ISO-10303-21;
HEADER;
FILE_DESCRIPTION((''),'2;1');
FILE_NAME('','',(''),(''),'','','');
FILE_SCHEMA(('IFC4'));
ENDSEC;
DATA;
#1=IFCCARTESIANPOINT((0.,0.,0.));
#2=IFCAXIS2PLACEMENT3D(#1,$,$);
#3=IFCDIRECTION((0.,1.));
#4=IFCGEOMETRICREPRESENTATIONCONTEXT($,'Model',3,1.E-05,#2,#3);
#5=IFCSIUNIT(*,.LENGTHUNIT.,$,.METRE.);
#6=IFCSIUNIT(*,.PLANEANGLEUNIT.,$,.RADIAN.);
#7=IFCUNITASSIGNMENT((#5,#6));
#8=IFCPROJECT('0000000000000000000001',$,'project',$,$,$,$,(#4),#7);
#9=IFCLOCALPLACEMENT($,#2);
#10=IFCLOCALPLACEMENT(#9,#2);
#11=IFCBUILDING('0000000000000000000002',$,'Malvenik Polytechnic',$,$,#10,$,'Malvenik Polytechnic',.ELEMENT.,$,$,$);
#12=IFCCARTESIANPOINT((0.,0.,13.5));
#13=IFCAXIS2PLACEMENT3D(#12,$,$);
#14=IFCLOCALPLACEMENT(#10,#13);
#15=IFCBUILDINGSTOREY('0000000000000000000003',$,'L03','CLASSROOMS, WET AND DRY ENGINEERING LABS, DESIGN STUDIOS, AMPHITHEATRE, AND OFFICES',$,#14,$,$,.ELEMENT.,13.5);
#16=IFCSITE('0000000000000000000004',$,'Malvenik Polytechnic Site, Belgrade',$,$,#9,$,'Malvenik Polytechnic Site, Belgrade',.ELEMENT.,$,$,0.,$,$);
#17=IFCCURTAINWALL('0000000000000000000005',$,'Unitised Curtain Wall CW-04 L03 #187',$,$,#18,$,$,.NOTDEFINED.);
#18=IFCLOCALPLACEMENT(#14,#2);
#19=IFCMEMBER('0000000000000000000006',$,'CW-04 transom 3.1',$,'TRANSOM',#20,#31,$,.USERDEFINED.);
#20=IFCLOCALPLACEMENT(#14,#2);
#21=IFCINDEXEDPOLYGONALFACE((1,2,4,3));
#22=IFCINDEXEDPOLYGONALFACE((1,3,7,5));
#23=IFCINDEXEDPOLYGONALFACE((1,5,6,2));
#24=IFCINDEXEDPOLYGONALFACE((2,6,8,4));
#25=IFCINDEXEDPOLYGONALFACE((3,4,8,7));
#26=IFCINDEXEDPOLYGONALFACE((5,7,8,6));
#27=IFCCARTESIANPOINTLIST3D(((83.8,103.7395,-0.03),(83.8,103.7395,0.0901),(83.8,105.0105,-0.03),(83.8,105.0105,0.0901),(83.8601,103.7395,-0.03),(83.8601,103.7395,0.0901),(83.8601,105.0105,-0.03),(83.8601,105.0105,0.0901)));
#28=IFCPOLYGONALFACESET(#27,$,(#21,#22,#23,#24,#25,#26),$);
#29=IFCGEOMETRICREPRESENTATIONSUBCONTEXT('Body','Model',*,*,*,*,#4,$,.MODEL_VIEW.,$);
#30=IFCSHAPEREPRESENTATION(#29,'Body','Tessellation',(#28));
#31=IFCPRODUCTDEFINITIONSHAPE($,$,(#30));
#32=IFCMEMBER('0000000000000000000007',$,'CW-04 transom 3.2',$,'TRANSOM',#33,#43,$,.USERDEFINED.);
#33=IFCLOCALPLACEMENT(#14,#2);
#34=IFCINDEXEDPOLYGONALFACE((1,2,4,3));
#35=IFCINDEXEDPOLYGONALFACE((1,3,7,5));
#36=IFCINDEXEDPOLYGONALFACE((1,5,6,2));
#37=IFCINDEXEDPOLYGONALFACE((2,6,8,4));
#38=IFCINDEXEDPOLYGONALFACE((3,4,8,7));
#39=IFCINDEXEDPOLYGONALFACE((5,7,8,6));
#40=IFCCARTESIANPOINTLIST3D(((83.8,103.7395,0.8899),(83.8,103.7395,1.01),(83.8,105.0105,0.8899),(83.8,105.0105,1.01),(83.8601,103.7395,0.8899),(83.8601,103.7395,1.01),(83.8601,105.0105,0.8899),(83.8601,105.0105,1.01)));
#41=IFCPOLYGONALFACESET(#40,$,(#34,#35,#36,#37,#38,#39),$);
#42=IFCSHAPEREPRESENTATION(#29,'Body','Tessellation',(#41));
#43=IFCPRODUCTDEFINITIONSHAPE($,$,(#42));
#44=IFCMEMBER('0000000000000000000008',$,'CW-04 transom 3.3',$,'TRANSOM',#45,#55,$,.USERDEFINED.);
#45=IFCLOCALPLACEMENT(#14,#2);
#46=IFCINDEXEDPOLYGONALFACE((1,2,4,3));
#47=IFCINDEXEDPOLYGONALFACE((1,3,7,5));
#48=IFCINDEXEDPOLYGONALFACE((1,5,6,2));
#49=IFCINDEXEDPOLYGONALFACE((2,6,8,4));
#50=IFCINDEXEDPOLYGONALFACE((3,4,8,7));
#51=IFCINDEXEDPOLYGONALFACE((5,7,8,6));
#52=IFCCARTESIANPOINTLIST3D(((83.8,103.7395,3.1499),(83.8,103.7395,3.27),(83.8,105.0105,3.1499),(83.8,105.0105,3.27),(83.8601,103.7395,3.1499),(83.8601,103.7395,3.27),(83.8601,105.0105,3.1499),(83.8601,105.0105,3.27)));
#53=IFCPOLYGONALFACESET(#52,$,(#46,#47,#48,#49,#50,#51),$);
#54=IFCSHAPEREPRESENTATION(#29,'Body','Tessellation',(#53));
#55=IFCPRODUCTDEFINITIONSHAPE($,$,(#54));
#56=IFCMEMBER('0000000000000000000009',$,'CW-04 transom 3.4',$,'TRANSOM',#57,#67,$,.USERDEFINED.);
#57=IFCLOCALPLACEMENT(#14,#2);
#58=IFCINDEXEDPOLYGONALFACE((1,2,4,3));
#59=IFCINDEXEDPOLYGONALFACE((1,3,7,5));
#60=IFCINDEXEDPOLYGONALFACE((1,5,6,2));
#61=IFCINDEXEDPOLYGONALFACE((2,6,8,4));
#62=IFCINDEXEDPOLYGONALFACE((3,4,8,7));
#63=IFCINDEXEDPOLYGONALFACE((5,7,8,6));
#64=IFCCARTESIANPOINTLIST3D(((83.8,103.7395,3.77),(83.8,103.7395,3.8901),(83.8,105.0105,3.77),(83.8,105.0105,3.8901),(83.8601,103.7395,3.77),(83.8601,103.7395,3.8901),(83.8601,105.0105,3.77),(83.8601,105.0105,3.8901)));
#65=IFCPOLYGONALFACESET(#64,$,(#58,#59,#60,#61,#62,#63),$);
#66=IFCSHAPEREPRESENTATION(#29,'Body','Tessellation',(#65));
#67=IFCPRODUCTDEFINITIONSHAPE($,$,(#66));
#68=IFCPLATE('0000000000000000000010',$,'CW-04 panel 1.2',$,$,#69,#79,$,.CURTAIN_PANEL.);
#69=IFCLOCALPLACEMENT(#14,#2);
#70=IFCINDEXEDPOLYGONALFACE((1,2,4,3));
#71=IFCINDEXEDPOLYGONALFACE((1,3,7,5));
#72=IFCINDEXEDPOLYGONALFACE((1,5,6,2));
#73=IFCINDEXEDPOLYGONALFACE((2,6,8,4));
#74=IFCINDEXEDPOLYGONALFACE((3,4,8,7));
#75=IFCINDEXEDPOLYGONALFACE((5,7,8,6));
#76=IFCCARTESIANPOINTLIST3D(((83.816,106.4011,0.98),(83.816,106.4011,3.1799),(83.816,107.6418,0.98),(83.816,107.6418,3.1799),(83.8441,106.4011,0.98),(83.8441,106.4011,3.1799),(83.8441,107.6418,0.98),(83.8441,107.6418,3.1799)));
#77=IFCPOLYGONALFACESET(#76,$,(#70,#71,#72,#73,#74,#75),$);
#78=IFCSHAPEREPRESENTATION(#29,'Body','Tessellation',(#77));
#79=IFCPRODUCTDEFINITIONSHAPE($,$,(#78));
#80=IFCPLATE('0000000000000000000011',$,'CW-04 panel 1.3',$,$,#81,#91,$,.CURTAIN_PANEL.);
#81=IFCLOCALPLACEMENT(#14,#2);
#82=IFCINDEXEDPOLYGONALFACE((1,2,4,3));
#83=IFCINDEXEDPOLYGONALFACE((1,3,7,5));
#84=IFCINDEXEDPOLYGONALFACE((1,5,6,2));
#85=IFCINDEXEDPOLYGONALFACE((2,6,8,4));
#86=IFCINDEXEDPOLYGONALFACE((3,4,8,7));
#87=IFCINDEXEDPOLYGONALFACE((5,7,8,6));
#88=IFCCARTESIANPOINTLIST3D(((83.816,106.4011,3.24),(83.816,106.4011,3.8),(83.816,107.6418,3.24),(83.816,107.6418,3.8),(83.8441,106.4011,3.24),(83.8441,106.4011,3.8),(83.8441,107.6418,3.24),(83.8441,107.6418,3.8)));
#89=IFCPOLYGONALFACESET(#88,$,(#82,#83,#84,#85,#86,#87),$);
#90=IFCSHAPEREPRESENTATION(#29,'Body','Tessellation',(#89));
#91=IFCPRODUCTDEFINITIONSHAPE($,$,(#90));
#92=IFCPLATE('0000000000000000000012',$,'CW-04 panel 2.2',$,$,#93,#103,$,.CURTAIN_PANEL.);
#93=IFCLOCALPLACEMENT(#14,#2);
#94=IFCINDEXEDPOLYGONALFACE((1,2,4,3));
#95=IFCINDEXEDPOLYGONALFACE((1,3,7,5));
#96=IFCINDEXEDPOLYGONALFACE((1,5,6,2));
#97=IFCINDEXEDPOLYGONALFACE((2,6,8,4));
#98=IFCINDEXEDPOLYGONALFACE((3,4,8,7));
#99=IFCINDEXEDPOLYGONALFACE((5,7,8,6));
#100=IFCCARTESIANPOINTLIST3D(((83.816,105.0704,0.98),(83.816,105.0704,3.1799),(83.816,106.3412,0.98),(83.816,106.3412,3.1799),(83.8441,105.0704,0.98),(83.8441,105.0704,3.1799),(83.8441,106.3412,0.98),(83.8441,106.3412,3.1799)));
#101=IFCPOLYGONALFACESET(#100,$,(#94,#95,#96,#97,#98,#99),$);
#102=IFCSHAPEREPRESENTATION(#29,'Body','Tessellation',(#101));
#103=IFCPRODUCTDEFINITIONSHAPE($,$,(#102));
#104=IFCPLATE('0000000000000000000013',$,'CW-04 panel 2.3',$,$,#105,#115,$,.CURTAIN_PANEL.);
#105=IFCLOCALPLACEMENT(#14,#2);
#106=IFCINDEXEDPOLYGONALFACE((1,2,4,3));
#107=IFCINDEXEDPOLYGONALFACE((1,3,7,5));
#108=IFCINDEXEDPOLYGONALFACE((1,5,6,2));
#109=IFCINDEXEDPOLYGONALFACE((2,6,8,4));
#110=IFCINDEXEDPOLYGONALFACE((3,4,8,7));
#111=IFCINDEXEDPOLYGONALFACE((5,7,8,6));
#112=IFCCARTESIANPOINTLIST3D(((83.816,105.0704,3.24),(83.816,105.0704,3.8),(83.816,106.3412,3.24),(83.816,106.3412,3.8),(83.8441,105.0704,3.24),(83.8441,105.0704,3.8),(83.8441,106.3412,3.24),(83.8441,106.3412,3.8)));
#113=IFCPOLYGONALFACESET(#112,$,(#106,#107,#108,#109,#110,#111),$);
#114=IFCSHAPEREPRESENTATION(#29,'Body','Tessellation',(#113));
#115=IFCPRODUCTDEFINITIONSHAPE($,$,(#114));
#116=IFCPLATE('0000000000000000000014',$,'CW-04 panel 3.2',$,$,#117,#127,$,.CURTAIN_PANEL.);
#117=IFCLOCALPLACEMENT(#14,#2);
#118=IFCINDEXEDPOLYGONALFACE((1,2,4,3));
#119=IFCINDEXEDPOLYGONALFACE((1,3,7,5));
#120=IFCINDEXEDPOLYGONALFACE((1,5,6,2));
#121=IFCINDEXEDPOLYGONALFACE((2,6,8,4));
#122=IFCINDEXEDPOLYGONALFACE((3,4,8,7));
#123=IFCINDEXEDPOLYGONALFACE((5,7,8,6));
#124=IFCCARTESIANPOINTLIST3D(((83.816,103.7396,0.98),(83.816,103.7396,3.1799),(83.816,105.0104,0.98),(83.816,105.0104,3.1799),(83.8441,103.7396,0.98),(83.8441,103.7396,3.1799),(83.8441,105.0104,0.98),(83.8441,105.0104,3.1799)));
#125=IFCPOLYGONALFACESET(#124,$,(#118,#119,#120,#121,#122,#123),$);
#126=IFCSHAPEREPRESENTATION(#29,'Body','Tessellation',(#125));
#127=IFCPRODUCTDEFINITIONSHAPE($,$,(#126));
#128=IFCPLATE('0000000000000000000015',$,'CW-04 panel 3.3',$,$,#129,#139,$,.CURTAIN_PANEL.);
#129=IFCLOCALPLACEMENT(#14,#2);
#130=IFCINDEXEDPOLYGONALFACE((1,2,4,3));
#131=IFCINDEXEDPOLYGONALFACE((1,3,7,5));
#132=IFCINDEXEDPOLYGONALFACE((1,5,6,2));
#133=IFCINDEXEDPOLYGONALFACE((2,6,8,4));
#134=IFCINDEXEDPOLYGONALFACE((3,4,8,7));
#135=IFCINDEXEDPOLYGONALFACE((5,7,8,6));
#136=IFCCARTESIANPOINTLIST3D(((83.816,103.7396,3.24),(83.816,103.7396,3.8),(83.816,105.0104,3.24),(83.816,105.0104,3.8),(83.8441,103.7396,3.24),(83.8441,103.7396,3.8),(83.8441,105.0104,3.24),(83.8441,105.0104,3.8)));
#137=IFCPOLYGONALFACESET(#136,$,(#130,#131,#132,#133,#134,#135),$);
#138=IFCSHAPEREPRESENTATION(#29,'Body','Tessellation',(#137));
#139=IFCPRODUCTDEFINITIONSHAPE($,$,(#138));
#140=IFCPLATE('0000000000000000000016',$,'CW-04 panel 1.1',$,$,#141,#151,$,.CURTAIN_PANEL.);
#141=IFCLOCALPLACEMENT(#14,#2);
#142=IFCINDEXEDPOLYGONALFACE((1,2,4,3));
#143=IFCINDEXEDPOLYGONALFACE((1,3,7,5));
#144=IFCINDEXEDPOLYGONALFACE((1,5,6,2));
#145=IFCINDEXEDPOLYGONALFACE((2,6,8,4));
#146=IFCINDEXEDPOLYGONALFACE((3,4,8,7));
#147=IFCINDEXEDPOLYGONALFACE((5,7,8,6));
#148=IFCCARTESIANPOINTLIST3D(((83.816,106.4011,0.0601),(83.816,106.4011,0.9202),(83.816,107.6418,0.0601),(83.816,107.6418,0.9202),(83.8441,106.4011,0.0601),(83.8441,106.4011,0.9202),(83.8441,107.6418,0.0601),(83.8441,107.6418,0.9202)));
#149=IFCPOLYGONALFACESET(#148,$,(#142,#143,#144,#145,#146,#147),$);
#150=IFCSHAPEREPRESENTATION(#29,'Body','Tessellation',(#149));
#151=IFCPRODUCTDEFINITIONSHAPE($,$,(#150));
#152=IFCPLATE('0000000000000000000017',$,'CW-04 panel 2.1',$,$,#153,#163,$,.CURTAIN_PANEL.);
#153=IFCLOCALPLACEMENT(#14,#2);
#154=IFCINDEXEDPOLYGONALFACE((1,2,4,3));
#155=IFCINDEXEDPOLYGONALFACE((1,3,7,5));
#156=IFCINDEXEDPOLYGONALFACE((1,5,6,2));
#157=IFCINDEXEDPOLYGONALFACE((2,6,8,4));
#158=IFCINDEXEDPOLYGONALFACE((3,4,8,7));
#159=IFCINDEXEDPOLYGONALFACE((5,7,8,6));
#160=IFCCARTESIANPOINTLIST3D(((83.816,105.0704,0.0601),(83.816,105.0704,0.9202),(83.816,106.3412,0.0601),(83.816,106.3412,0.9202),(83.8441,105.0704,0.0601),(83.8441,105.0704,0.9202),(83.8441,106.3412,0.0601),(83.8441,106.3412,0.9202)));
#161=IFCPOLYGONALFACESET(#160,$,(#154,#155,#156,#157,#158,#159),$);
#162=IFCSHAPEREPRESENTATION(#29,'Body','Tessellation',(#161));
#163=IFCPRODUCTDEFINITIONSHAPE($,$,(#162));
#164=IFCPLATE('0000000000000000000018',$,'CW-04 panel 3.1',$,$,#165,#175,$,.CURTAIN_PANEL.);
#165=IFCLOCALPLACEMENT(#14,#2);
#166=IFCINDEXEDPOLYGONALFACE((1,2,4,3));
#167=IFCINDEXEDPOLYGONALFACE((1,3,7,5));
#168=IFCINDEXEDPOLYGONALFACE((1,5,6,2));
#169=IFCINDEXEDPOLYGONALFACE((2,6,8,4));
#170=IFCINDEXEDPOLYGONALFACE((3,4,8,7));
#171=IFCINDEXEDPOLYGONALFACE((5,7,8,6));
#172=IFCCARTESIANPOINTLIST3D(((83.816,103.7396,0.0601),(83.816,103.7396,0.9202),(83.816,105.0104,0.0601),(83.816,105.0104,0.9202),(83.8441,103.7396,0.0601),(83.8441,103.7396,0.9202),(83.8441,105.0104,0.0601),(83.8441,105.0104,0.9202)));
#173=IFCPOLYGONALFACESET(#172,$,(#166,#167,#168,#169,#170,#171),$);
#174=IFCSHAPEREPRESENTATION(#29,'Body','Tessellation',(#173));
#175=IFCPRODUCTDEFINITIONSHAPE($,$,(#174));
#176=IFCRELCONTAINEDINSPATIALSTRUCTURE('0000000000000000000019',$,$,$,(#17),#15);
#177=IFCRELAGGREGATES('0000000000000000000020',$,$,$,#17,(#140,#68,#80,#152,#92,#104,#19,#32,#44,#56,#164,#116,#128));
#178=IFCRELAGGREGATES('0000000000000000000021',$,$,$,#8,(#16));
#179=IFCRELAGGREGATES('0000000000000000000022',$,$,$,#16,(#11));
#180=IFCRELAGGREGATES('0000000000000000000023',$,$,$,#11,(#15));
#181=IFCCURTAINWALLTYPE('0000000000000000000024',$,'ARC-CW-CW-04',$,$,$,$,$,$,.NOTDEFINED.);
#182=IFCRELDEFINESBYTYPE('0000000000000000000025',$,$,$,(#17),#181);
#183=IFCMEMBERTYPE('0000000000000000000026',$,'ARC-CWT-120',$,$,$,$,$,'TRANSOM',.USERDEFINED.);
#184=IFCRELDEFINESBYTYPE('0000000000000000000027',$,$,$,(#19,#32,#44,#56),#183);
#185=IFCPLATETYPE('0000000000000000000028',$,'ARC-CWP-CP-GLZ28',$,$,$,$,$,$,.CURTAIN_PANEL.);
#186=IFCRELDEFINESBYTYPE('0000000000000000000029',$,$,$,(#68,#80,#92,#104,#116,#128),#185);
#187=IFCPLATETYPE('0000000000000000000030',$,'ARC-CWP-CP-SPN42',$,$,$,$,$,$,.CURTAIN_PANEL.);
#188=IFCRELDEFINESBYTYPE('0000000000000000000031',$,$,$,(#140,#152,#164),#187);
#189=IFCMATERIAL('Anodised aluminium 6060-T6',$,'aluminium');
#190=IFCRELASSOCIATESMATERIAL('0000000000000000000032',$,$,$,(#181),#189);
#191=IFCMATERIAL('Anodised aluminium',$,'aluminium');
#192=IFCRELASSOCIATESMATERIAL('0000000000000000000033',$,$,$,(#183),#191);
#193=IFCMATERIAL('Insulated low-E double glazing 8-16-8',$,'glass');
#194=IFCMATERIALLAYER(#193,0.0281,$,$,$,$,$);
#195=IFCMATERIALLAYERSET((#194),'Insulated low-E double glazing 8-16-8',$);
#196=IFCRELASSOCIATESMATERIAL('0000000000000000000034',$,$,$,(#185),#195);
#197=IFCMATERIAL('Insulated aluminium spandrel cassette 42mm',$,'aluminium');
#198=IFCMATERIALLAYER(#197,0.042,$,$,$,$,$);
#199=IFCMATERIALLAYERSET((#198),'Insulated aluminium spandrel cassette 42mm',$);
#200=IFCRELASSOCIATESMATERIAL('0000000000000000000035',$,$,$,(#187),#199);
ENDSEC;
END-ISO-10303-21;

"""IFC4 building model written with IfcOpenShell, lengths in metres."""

from ifc_helpers import new_model, si_unit, direction, frame, origin, origin_2d, place, context, subcontext, project, spatial, rectangle, extrude, material, layer, layer_set, material_profile, profile_set, type_object, element, aggregate, save


model = new_model("IFC4")

# Units and contexts
model_context = context("Model", 3, precision=1e-05, world=origin(), true_north=direction((0.0, 1.0)))
body_context = subcontext(model_context, "Body", "Model", "MODEL_VIEW")
ifc_project = project(units=[si_unit("LENGTHUNIT", "METRE"), si_unit("PLANEANGLEUNIT", "RADIAN")], contexts=[model_context])

# Site, building, storey
site_placement = place(None, origin())
site = spatial("IfcSite", under=ifc_project, at=site_placement, Name="Malvenik Polytechnic Site, Belgrade", LongName="Malvenik Polytechnic Site, Belgrade", CompositionType="ELEMENT", RefElevation=0.0)
building_placement = place(site_placement, origin())
building = spatial("IfcBuilding", under=site, at=building_placement, Name="Malvenik Polytechnic", LongName="Malvenik Polytechnic", CompositionType="ELEMENT")
storey_placement = place(building_placement, frame((0.0, 0.0, 13.5)))
storey = spatial("IfcBuildingStorey", under=building, at=storey_placement, Name="L03", Description="CLASSROOMS, WET AND DRY ENGINEERING LABS, DESIGN STUDIOS, AMPHITHEATRE, AND OFFICES", CompositionType="ELEMENT", Elevation=13.5)

# Curtain wall, members, plates
ifc_material_1 = material(Name="Anodised aluminium 6060-T6", Category="aluminium")
curtain_wall_type = type_object("IfcCurtainWallType", Name="ARC-CW-CW-04", PredefinedType="NOTDEFINED", material=ifc_material_1)
curtain_wall_placement = place(storey_placement, origin())
curtain_wall = element("IfcCurtainWall", 1, at=curtain_wall_placement, inside=storey, type_object=curtain_wall_type, Name="Unitised Curtain Wall CW-04 L03 #187", PredefinedType="NOTDEFINED")
ifc_material_2 = material(Name="Anodised aluminium", Category="aluminium")
ifc_material_profile_1 = material_profile(ifc_material_2, rectangle(XDim=0.0601, YDim=0.1201, at=origin_2d()), Name="ALU TRANSOM 60x120")
ifc_profile_set_1 = profile_set([ifc_material_profile_1], Name="Anodised aluminium")
member_type_1 = type_object("IfcMemberType", Name="ARC-CWT-120", ElementType="TRANSOM", PredefinedType="USERDEFINED", material=ifc_profile_set_1)
member_1_placement = place(storey_placement, frame((83.8301, 105.0105, 0.03), z_axis=(0.0, -1.0, 0.0), x_axis=(1.0, 0.0, 0.0)))
member_1 = element("IfcMember", 2, at=member_1_placement, type_object=member_type_1, Name="CW-04 transom 3.1", ObjectType="TRANSOM", PredefinedType="USERDEFINED", context=body_context, shape_type="SweptSolid", body=[
    extrude(rectangle(XDim=0.0601, YDim=0.1201, at=origin_2d()), origin(), (0.0, 0.0, 1.0), 1.271),
])
member_2_placement = place(storey_placement, frame((83.8301, 105.0105, 0.95), z_axis=(0.0, -1.0, 0.0), x_axis=(1.0, 0.0, 0.0)))
member_2 = element("IfcMember", 3, at=member_2_placement, type_object=member_type_1, Name="CW-04 transom 3.2", ObjectType="TRANSOM", PredefinedType="USERDEFINED", context=body_context, shape_type="SweptSolid", body=[
    extrude(rectangle(XDim=0.0601, YDim=0.1201, at=origin_2d()), origin(), (0.0, 0.0, 1.0), 1.271),
])
member_3_placement = place(storey_placement, frame((83.8301, 105.0105, 3.21), z_axis=(0.0, -1.0, 0.0), x_axis=(1.0, 0.0, 0.0)))
member_3 = element("IfcMember", 4, at=member_3_placement, type_object=member_type_1, Name="CW-04 transom 3.3", ObjectType="TRANSOM", PredefinedType="USERDEFINED", context=body_context, shape_type="SweptSolid", body=[
    extrude(rectangle(XDim=0.0601, YDim=0.1201, at=origin_2d()), origin(), (0.0, 0.0, 1.0), 1.271),
])
member_4_placement = place(storey_placement, frame((83.8301, 105.0105, 3.8301), z_axis=(0.0, -1.0, 0.0), x_axis=(1.0, 0.0, 0.0)))
member_4 = element("IfcMember", 5, at=member_4_placement, type_object=member_type_1, Name="CW-04 transom 3.4", ObjectType="TRANSOM", PredefinedType="USERDEFINED", context=body_context, shape_type="SweptSolid", body=[
    extrude(rectangle(XDim=0.0601, YDim=0.1201, at=origin_2d()), origin(), (0.0, 0.0, 1.0), 1.271),
])
ifc_material_3 = material(Name="Insulated low-E double glazing 8-16-8", Category="glass")
ifc_layer_1 = layer(ifc_material_3, 0.0281)
ifc_layer_set_1 = layer_set([ifc_layer_1], Name="Insulated low-E double glazing 8-16-8")
plate_type_1 = type_object("IfcPlateType", Name="ARC-CWP-CP-GLZ28", PredefinedType="CURTAIN_PANEL", material=ifc_layer_set_1)
plate_1_placement = place(storey_placement, frame((83.8301, 107.0215, 0.98), z_axis=(0.0, 0.0, 1.0), x_axis=(0.0, -1.0, 0.0)))
plate_1 = element("IfcPlate", 6, at=plate_1_placement, type_object=plate_type_1, Name="CW-04 panel 1.2", PredefinedType="CURTAIN_PANEL", context=body_context, shape_type="SweptSolid", body=[
    extrude(rectangle(XDim=1.2407, YDim=0.0281, at=origin_2d()), origin(), (0.0, 0.0, 1.0), 2.2),
])
plate_2_placement = place(storey_placement, frame((83.8301, 107.0215, 3.24), z_axis=(0.0, 0.0, 1.0), x_axis=(0.0, -1.0, 0.0)))
plate_2 = element("IfcPlate", 7, at=plate_2_placement, type_object=plate_type_1, Name="CW-04 panel 1.3", PredefinedType="CURTAIN_PANEL", context=body_context, shape_type="SweptSolid", body=[
    extrude(rectangle(XDim=1.2407, YDim=0.0281, at=origin_2d()), origin(), (0.0, 0.0, 1.0), 0.5601),
])
plate_3_placement = place(storey_placement, frame((83.8301, 105.7058, 0.98), z_axis=(0.0, 0.0, 1.0), x_axis=(0.0, -1.0, 0.0)))
plate_3 = element("IfcPlate", 8, at=plate_3_placement, type_object=plate_type_1, Name="CW-04 panel 2.2", PredefinedType="CURTAIN_PANEL", context=body_context, shape_type="SweptSolid", body=[
    extrude(rectangle(XDim=1.2708, YDim=0.0281, at=origin_2d()), origin(), (0.0, 0.0, 1.0), 2.2),
])
plate_4_placement = place(storey_placement, frame((83.8301, 105.7058, 3.24), z_axis=(0.0, 0.0, 1.0), x_axis=(0.0, -1.0, 0.0)))
plate_4 = element("IfcPlate", 9, at=plate_4_placement, type_object=plate_type_1, Name="CW-04 panel 2.3", PredefinedType="CURTAIN_PANEL", context=body_context, shape_type="SweptSolid", body=[
    extrude(rectangle(XDim=1.2708, YDim=0.0281, at=origin_2d()), origin(), (0.0, 0.0, 1.0), 0.5601),
])
plate_5_placement = place(storey_placement, frame((83.8301, 104.375, 0.98), z_axis=(0.0, 0.0, 1.0), x_axis=(0.0, -1.0, 0.0)))
plate_5 = element("IfcPlate", 10, at=plate_5_placement, type_object=plate_type_1, Name="CW-04 panel 3.2", PredefinedType="CURTAIN_PANEL", context=body_context, shape_type="SweptSolid", body=[
    extrude(rectangle(XDim=1.2708, YDim=0.0281, at=origin_2d()), origin(), (0.0, 0.0, 1.0), 2.2),
])
plate_6_placement = place(storey_placement, frame((83.8301, 104.375, 3.24), z_axis=(0.0, 0.0, 1.0), x_axis=(0.0, -1.0, 0.0)))
plate_6 = element("IfcPlate", 11, at=plate_6_placement, type_object=plate_type_1, Name="CW-04 panel 3.3", PredefinedType="CURTAIN_PANEL", context=body_context, shape_type="SweptSolid", body=[
    extrude(rectangle(XDim=1.2708, YDim=0.0281, at=origin_2d()), origin(), (0.0, 0.0, 1.0), 0.5601),
])
ifc_material_4 = material(Name="Insulated aluminium spandrel cassette 42mm", Category="aluminium")
ifc_layer_2 = layer(ifc_material_4, 0.042)
ifc_layer_set_2 = layer_set([ifc_layer_2], Name="Insulated aluminium spandrel cassette 42mm")
plate_type_2 = type_object("IfcPlateType", Name="ARC-CWP-CP-SPN42", PredefinedType="CURTAIN_PANEL", material=ifc_layer_set_2)
plate_7_placement = place(storey_placement, frame((83.8301, 107.0215, 0.0601), z_axis=(0.0, 0.0, 1.0), x_axis=(0.0, -1.0, 0.0)))
plate_7 = element("IfcPlate", 12, at=plate_7_placement, type_object=plate_type_2, Name="CW-04 panel 1.1", PredefinedType="CURTAIN_PANEL", context=body_context, shape_type="SweptSolid", body=[
    extrude(rectangle(XDim=1.2407, YDim=0.0281, at=origin_2d()), origin(), (0.0, 0.0, 1.0), 0.8601),
])
plate_8_placement = place(storey_placement, frame((83.8301, 105.7058, 0.0601), z_axis=(0.0, 0.0, 1.0), x_axis=(0.0, -1.0, 0.0)))
plate_8 = element("IfcPlate", 13, at=plate_8_placement, type_object=plate_type_2, Name="CW-04 panel 2.1", PredefinedType="CURTAIN_PANEL", context=body_context, shape_type="SweptSolid", body=[
    extrude(rectangle(XDim=1.2708, YDim=0.0281, at=origin_2d()), origin(), (0.0, 0.0, 1.0), 0.8601),
])
plate_9_placement = place(storey_placement, frame((83.8301, 104.375, 0.0601), z_axis=(0.0, 0.0, 1.0), x_axis=(0.0, -1.0, 0.0)))
plate_9 = element("IfcPlate", 14, at=plate_9_placement, type_object=plate_type_2, Name="CW-04 panel 3.1", PredefinedType="CURTAIN_PANEL", context=body_context, shape_type="SweptSolid", body=[
    extrude(rectangle(XDim=1.2708, YDim=0.0281, at=origin_2d()), origin(), (0.0, 0.0, 1.0), 0.8601),
])
aggregate(curtain_wall, [plate_7, plate_1, plate_2, plate_8, plate_3, plate_4, member_1, member_2, member_3, member_4, plate_9, plate_5, plate_6])

save(model, "model.ifc")
